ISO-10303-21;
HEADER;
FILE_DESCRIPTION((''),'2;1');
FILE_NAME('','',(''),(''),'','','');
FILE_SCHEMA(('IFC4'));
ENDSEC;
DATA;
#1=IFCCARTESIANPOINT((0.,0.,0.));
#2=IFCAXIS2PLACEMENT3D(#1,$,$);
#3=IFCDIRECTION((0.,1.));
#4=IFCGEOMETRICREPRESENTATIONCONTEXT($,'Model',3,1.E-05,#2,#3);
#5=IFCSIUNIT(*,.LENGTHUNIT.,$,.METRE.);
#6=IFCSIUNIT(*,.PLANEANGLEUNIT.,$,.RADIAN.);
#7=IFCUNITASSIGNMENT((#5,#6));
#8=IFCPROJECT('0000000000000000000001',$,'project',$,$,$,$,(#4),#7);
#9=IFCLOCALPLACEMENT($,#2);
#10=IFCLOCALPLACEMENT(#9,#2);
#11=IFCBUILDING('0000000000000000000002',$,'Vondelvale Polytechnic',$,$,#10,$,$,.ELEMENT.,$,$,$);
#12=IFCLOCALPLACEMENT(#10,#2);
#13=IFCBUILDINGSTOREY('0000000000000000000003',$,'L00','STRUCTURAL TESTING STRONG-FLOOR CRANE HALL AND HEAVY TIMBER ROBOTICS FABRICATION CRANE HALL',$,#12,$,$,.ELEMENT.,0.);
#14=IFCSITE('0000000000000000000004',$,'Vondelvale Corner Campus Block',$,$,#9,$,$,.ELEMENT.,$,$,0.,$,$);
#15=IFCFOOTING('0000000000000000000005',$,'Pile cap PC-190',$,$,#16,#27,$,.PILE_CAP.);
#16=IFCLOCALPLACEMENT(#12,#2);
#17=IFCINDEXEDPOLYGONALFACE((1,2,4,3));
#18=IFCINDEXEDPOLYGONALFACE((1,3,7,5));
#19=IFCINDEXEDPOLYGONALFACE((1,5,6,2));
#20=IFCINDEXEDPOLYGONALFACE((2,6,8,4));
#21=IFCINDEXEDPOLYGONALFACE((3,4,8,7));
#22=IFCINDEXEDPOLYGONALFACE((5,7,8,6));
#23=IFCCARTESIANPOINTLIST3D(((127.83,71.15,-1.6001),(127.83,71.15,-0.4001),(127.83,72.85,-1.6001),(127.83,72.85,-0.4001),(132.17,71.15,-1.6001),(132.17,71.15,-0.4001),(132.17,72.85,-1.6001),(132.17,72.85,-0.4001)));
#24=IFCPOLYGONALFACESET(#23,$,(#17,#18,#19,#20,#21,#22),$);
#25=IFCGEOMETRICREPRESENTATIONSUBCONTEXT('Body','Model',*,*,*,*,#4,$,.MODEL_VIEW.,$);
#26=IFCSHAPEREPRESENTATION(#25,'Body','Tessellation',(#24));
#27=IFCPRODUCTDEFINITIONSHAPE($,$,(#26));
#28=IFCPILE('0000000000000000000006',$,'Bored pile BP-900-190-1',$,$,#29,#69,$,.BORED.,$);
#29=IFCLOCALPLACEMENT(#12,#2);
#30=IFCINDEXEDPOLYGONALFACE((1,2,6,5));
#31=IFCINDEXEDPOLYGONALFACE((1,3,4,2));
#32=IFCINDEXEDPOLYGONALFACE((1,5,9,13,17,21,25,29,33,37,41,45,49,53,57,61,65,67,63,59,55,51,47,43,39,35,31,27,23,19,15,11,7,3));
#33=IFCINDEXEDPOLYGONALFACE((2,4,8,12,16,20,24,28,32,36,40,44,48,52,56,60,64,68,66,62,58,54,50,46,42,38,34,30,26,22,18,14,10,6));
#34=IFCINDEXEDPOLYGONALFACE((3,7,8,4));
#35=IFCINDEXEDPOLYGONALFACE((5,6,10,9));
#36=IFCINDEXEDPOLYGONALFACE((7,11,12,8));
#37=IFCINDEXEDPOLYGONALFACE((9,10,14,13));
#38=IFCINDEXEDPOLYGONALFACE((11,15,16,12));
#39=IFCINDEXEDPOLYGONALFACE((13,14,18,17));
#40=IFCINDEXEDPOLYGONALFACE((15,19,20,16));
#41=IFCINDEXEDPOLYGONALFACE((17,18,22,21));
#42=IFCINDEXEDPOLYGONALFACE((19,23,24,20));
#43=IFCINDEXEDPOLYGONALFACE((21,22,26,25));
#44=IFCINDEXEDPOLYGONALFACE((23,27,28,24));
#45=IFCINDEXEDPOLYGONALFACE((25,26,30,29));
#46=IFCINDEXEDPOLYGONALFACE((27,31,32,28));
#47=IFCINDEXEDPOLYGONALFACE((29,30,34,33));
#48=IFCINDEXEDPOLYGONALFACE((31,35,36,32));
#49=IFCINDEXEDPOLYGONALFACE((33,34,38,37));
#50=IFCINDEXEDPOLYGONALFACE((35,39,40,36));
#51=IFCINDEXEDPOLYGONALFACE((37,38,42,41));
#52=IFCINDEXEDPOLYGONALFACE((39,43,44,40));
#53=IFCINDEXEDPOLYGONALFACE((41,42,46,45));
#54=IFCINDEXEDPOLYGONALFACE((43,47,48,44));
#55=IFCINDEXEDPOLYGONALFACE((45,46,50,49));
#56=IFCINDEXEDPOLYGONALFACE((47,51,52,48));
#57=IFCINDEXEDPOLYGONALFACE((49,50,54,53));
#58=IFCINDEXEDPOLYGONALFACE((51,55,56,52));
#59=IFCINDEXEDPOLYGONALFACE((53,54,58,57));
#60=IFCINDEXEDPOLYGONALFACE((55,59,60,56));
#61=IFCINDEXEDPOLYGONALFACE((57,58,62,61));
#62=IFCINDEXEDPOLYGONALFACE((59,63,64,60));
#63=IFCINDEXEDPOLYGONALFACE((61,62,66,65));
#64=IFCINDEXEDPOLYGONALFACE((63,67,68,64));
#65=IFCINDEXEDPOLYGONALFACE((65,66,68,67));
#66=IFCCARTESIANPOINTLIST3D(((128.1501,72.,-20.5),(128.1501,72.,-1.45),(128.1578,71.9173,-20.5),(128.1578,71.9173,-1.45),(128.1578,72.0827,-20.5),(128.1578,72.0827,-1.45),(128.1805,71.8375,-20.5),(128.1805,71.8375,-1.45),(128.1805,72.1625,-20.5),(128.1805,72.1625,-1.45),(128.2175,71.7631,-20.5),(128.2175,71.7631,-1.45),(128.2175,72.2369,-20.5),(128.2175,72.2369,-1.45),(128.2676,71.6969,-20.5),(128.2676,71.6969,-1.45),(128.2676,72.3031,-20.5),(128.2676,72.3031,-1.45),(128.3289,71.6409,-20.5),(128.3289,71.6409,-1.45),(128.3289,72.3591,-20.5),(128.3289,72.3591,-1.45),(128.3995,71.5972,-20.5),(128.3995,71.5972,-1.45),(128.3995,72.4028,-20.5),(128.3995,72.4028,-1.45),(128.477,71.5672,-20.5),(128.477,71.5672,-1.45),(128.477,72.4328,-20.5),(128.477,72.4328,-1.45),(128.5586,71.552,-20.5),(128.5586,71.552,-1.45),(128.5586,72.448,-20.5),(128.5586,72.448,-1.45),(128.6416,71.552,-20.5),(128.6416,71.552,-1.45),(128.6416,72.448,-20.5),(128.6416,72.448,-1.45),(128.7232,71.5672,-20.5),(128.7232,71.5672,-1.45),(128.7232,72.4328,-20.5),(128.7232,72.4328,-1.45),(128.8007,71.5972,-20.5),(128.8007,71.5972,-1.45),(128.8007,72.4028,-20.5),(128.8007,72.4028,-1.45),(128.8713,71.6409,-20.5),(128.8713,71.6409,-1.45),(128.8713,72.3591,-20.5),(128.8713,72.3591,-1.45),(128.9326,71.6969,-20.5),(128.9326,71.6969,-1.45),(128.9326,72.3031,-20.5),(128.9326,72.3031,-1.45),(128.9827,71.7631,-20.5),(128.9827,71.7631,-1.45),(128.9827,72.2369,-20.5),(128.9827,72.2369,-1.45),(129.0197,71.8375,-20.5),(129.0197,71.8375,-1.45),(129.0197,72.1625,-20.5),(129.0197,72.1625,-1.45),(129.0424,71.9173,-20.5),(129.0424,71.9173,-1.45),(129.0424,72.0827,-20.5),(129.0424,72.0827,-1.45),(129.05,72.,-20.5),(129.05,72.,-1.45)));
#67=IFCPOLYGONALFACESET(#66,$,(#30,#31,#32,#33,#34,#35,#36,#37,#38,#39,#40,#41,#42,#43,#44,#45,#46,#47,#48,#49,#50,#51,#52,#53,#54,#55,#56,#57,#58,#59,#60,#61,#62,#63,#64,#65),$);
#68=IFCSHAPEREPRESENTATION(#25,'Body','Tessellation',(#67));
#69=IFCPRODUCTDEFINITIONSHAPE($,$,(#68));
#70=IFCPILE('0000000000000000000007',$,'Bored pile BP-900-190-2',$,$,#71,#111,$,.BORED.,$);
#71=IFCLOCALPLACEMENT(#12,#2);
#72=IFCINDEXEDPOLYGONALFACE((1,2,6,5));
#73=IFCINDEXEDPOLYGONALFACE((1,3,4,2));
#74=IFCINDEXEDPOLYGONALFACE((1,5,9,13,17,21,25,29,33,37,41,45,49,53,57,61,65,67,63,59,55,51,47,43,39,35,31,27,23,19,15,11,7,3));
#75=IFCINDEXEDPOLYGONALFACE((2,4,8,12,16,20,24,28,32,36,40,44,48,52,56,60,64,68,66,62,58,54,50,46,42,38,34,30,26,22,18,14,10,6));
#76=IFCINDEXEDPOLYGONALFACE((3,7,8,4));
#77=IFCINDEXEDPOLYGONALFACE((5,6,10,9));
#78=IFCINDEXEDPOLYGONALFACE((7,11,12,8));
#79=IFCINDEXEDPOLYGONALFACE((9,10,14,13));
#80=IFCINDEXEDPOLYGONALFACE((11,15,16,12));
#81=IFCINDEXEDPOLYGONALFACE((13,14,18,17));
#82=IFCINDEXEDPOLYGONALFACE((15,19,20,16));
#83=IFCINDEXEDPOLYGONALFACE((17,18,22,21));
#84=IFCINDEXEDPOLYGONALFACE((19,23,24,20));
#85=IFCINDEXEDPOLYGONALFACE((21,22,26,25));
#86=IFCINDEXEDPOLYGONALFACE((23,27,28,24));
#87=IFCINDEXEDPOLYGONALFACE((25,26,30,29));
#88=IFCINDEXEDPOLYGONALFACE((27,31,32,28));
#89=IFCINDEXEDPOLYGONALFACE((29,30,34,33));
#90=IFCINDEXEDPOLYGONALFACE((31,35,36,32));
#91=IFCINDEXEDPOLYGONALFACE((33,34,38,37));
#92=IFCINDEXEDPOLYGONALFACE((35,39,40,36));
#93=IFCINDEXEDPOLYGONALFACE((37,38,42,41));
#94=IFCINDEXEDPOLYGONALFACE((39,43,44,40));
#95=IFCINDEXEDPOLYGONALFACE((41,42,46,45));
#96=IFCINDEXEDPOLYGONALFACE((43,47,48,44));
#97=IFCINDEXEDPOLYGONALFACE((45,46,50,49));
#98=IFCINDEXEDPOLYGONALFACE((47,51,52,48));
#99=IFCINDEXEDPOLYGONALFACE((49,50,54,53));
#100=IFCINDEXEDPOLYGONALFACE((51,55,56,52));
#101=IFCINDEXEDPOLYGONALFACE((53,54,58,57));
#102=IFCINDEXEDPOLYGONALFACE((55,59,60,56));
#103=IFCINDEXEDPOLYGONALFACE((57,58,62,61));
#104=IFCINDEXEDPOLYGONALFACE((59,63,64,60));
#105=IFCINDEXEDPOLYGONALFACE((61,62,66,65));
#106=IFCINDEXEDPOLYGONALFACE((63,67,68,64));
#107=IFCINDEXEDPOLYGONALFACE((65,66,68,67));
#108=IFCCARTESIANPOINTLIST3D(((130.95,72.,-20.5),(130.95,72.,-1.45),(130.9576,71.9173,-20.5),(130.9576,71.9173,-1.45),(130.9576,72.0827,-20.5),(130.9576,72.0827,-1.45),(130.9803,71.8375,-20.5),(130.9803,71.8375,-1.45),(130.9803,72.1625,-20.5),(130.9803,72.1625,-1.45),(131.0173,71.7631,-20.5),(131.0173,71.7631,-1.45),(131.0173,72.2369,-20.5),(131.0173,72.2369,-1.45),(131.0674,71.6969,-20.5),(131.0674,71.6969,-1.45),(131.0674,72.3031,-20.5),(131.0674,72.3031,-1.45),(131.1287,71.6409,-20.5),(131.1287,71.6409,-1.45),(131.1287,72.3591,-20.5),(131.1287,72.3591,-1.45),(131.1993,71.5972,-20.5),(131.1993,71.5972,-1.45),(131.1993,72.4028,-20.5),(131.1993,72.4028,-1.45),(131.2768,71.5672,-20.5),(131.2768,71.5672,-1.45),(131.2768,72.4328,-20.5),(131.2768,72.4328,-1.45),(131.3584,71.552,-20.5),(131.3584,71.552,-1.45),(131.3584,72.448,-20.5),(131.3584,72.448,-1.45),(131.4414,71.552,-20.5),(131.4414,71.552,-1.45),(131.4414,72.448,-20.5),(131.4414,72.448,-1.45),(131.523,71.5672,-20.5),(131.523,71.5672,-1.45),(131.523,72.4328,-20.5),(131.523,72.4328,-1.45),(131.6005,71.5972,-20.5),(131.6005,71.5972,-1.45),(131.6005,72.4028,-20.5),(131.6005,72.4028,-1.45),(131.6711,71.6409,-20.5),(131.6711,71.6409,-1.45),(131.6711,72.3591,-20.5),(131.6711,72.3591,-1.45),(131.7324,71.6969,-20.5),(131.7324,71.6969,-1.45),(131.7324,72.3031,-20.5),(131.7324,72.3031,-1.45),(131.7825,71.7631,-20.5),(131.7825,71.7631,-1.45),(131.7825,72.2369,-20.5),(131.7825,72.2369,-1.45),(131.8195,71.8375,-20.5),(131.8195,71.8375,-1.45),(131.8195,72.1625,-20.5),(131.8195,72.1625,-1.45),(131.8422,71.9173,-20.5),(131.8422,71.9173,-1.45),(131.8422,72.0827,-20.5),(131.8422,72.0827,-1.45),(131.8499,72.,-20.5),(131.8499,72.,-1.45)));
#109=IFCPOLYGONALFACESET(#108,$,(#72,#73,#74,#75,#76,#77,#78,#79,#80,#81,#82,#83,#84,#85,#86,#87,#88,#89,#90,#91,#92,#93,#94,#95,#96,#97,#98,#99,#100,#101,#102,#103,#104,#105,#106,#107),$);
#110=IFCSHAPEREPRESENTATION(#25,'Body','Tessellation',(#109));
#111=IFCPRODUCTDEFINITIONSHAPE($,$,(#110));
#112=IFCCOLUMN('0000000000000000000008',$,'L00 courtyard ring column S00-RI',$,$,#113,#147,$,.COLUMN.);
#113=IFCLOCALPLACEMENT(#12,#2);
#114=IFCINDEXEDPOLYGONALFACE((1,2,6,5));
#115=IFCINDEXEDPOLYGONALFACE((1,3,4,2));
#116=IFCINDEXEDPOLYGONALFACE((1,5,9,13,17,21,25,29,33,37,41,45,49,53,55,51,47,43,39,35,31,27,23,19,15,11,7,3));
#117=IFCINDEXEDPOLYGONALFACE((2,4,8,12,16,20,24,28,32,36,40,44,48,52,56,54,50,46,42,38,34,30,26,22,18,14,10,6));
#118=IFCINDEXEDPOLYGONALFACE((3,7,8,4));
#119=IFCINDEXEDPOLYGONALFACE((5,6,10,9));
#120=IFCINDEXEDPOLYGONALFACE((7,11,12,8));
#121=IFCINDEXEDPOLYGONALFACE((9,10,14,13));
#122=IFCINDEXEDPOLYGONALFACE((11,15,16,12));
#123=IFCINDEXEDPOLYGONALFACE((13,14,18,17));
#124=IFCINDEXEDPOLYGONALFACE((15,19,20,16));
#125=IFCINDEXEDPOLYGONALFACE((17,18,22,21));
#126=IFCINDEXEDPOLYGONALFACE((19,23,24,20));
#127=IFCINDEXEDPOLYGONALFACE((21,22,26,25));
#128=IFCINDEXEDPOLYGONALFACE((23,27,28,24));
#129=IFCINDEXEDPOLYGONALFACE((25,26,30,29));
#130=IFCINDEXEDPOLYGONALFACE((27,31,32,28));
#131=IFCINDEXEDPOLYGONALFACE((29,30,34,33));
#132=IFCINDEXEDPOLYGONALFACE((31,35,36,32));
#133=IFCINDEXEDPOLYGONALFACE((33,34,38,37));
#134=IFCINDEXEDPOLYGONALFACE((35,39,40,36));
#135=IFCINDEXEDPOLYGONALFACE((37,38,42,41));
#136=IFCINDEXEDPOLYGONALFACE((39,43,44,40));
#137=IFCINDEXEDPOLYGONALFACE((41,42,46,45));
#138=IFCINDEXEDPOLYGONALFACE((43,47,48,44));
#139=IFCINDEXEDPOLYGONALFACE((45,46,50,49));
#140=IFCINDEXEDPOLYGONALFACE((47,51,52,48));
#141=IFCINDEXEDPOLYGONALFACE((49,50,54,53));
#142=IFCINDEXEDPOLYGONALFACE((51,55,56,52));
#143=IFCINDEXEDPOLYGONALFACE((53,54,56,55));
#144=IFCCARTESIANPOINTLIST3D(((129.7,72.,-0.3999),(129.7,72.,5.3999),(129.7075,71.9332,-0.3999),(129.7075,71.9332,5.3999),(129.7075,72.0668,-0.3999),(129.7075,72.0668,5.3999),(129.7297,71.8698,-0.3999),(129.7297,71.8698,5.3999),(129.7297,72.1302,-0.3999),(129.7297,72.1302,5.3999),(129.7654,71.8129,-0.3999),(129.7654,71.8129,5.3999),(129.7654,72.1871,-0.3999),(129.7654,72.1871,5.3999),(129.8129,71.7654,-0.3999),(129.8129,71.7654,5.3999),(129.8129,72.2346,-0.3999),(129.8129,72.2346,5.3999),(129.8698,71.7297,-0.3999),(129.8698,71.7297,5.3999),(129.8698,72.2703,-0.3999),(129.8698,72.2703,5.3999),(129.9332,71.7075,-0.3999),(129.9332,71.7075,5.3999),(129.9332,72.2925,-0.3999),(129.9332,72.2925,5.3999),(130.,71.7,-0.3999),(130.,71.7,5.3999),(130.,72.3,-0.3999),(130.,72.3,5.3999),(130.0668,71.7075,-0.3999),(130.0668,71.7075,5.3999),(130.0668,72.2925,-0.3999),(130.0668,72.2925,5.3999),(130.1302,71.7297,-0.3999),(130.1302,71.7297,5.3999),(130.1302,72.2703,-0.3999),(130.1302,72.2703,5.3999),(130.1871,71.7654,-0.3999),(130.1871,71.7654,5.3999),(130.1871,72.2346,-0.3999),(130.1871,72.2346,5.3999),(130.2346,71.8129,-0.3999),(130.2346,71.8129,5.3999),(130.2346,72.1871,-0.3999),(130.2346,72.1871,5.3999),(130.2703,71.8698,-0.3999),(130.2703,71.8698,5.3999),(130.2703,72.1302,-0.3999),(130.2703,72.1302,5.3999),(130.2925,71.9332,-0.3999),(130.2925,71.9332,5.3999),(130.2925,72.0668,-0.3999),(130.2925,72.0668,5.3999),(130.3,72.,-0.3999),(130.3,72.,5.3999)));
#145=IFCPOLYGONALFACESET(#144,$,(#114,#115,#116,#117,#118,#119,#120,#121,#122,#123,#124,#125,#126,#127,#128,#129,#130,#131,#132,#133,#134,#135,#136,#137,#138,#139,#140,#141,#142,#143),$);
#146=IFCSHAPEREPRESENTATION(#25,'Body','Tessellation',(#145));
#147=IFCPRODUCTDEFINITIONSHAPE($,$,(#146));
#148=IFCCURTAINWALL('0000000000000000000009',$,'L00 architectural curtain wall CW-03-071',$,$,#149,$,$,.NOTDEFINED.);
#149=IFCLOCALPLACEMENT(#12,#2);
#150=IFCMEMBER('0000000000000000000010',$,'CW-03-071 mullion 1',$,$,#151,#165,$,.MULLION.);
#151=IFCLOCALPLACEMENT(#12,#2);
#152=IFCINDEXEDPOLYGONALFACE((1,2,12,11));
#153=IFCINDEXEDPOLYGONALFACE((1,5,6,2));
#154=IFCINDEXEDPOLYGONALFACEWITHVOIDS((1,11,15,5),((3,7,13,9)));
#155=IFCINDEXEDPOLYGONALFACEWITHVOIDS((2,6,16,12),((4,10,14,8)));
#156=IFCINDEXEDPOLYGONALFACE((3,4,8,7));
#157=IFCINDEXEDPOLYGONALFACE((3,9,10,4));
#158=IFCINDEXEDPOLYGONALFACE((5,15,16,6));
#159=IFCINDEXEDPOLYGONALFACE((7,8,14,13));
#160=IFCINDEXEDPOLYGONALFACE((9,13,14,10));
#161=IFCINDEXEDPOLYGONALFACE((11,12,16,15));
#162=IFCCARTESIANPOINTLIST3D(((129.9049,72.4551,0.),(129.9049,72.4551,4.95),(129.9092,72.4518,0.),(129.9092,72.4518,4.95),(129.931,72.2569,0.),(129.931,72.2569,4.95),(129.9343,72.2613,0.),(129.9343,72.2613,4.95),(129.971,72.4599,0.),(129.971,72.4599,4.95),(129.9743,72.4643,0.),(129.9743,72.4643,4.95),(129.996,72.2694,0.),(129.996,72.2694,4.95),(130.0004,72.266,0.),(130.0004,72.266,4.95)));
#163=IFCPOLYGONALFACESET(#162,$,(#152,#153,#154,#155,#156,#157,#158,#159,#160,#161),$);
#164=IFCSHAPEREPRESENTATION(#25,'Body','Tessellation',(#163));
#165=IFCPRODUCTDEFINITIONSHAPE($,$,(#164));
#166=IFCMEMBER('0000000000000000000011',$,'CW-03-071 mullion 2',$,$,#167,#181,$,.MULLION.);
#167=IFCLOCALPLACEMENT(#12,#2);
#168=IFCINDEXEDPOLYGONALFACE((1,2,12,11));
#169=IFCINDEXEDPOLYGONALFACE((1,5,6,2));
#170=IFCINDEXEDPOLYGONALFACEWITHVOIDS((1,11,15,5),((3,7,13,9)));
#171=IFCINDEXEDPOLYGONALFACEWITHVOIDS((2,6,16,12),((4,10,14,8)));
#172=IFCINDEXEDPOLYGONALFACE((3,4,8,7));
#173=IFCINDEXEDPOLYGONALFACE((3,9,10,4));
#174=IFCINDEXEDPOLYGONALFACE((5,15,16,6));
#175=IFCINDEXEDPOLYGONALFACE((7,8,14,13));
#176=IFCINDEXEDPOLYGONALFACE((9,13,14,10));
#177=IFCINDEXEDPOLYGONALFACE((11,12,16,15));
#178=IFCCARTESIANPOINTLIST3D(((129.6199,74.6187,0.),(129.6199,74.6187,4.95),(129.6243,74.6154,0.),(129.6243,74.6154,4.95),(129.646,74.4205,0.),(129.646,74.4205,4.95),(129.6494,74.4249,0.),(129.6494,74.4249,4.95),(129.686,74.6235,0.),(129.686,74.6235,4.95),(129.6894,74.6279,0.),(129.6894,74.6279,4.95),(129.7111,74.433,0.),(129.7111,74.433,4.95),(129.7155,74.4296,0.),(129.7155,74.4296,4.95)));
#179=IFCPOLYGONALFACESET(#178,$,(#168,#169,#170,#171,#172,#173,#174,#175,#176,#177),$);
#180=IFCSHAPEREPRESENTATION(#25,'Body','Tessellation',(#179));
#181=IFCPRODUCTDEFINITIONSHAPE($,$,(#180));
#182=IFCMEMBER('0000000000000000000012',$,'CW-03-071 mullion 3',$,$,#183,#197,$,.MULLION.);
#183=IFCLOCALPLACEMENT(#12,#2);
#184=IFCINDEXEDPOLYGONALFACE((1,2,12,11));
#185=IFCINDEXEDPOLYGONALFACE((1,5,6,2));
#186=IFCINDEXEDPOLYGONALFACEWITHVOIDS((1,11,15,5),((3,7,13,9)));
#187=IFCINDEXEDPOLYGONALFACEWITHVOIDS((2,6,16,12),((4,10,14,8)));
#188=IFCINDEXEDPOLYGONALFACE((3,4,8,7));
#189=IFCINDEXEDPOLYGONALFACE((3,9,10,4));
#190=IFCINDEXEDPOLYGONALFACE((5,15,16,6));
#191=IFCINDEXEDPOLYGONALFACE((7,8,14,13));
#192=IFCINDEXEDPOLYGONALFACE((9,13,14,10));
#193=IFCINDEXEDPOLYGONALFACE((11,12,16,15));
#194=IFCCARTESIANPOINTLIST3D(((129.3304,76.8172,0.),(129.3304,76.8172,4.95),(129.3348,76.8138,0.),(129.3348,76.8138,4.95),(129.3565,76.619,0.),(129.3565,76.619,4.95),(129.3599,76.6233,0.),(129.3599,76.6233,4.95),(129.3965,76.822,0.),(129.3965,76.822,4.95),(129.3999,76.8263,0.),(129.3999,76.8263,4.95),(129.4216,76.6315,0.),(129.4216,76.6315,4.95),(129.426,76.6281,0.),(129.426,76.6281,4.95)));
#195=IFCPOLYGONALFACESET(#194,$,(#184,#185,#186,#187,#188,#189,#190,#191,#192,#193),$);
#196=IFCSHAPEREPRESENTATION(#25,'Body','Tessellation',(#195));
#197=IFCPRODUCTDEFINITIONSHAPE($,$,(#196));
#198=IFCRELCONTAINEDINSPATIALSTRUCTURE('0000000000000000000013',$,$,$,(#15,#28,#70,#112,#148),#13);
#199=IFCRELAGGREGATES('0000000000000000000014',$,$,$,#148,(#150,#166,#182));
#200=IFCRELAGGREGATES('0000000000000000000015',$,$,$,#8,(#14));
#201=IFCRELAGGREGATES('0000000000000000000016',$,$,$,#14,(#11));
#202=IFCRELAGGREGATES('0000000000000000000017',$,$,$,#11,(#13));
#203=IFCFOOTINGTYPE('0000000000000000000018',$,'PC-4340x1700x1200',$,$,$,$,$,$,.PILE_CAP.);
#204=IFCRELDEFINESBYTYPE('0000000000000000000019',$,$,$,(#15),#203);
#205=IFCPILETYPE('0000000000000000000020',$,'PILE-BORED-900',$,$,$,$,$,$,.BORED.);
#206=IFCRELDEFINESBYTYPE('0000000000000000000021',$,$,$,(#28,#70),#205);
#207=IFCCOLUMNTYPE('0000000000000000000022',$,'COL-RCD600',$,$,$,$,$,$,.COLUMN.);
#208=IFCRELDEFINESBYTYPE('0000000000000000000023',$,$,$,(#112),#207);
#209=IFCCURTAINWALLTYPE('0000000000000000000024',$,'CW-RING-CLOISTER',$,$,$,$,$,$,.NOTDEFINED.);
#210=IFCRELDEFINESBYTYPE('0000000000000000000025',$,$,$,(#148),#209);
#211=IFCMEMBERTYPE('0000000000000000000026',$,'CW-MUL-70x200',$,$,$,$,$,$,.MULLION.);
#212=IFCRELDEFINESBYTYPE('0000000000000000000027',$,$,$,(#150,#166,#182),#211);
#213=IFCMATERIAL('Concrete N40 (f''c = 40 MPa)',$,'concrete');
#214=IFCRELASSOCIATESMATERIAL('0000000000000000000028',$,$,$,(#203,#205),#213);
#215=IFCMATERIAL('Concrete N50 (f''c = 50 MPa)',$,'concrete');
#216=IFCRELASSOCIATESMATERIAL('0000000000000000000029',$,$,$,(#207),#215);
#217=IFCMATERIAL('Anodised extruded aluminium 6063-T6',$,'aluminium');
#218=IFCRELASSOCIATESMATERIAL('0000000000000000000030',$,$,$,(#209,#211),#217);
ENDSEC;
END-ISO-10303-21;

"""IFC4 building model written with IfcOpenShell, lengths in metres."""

from ifc_helpers import new_model, si_unit, direction, frame, origin, origin_2d, place, context, subcontext, project, spatial, rectangle, hollow_rectangle, circle, extrude, material, material_profile, profile_set, type_object, element, aggregate, save


model = new_model("IFC4")

# Units and contexts
model_context = context("Model", 3, precision=1e-05, world=origin(), true_north=direction((0.0, 1.0)))
body_context = subcontext(model_context, "Body", "Model", "MODEL_VIEW")
ifc_project = project(units=[si_unit("LENGTHUNIT", "METRE"), si_unit("PLANEANGLEUNIT", "RADIAN")], contexts=[model_context])

# Site, building, storey
site_placement = place(None, origin())
site = spatial("IfcSite", under=ifc_project, at=site_placement, Name="Vondelvale Corner Campus Block", CompositionType="ELEMENT", RefElevation=0.0)
building_placement = place(site_placement, origin())
building = spatial("IfcBuilding", under=site, at=building_placement, Name="Vondelvale Polytechnic", CompositionType="ELEMENT")
storey_placement = place(building_placement, origin())
storey = spatial("IfcBuildingStorey", under=building, at=storey_placement, Name="L00", Description="STRUCTURAL TESTING STRONG-FLOOR CRANE HALL AND HEAVY TIMBER ROBOTICS FABRICATION CRANE HALL", CompositionType="ELEMENT", Elevation=0.0)

# Footing
ifc_material_1 = material(Name="Concrete N40 (f'c = 40 MPa)", Category="concrete")
footing_type = type_object("IfcFootingType", Name="PC-4340x1700x1200", PredefinedType="PILE_CAP", material=ifc_material_1)
footing_placement = place(storey_placement, frame((130.0, 72.0, -1.6001), z_axis=(0.0, 0.0, 1.0), x_axis=(1.0, 0.0, 0.0)))
element("IfcFooting", 1, at=footing_placement, inside=storey, type_object=footing_type, Name="Pile cap PC-190", PredefinedType="PILE_CAP", context=body_context, shape_type="SweptSolid", body=[
    extrude(rectangle(XDim=4.3401, YDim=1.7, at=origin_2d()), origin(), (0.0, 0.0, 1.0), 1.2),
])

# Piles
ifc_material_profile_1 = material_profile(ifc_material_1, circle(Radius=0.45, at=origin_2d()), Name="PILE-D900")
ifc_profile_set_1 = profile_set([ifc_material_profile_1], Name="Concrete N40 (f'c = 40 MPa)")
pile_type = type_object("IfcPileType", Name="PILE-BORED-900", PredefinedType="BORED", material=ifc_profile_set_1)
for number, where, z_axis, x_axis, name in (
    (2, (128.6001, 72.0, -1.45), (0.0, 0.0, -1.0), (1.0, 0.0, 0.0), "Bored pile BP-900-190-1"),
    (3, (131.3999, 72.0, -1.45), (0.0, 0.0, -1.0), (1.0, 0.0, 0.0), "Bored pile BP-900-190-2"),
):
    element("IfcPile", number, at=place(storey_placement, frame(where, z_axis=z_axis, x_axis=x_axis)), inside=storey, type_object=pile_type, Name=name, PredefinedType="BORED", context=body_context, shape_type="SweptSolid", body=[
        extrude(circle(Radius=0.45, at=origin_2d()), origin(), (0.0, 0.0, 1.0), 19.05),
    ])

# Column
ifc_material_2 = material(Name="Concrete N50 (f'c = 50 MPa)", Category="concrete")
ifc_material_profile_2 = material_profile(ifc_material_2, circle(Radius=0.3, at=origin_2d()), Name="RC-COL-D600")
ifc_profile_set_2 = profile_set([ifc_material_profile_2], Name="Concrete N50 (f'c = 50 MPa)")
column_type = type_object("IfcColumnType", Name="COL-RCD600", PredefinedType="COLUMN", material=ifc_profile_set_2)
column_placement = place(storey_placement, frame((130.0, 72.0, -0.3999), z_axis=(0.0, 0.0, 1.0), x_axis=(1.0, 0.0, 0.0)))
element("IfcColumn", 4, at=column_placement, inside=storey, type_object=column_type, Name="L00 courtyard ring column S00-RI", PredefinedType="COLUMN", context=body_context, shape_type="SweptSolid", body=[
    extrude(circle(Radius=0.3, at=origin_2d()), origin(), (0.0, 0.0, 1.0), 5.7998),
])

# Curtain wall, members
ifc_material_3 = material(Name="Anodised extruded aluminium 6063-T6", Category="aluminium")
curtain_wall_type = type_object("IfcCurtainWallType", Name="CW-RING-CLOISTER", PredefinedType="NOTDEFINED", material=ifc_material_3)
curtain_wall_1_placement = place(storey_placement, origin())
curtain_wall_1 = element("IfcCurtainWall", 5, at=curtain_wall_1_placement, inside=storey, type_object=curtain_wall_type, Name="L00 architectural curtain wall CW-03-071", PredefinedType="NOTDEFINED")
ifc_material_profile_3 = material_profile(ifc_material_3, hollow_rectangle(XDim=0.0701, YDim=0.2, WallThickness=0.0039, at=origin_2d()), Name="CW-MUL-200x70")
ifc_profile_set_3 = profile_set([ifc_material_profile_3], Name="Anodised extruded aluminium 6063-T6")
member_type_1 = type_object("IfcMemberType", Name="CW-MUL-70x200", PredefinedType="MULLION", material=ifc_profile_set_3)
member_1_placement = place(storey_placement, frame((129.9526, 72.3606, 0.0), z_axis=(0.0, 0.0, 1.0), x_axis=(-0.991445, -0.130528, 0.0)))
member_1 = element("IfcMember", 6, at=member_1_placement, type_object=member_type_1, Name="CW-03-071 mullion 1", PredefinedType="MULLION", context=body_context, shape_type="SweptSolid", body=[
    extrude(hollow_rectangle(XDim=0.0701, YDim=0.2, WallThickness=0.0039, at=origin_2d()), origin(), (0.0, 0.0, 1.0), 4.95),
])
member_2_placement = place(storey_placement, frame((129.6677, 74.5242, 0.0), z_axis=(0.0, 0.0, 1.0), x_axis=(-0.991445, -0.130528, 0.0)))
member_2 = element("IfcMember", 7, at=member_2_placement, type_object=member_type_1, Name="CW-03-071 mullion 2", PredefinedType="MULLION", context=body_context, shape_type="SweptSolid", body=[
    extrude(hollow_rectangle(XDim=0.0701, YDim=0.2, WallThickness=0.0039, at=origin_2d()), origin(), (0.0, 0.0, 1.0), 4.95),
])
member_3_placement = place(storey_placement, frame((129.3782, 76.7227, 0.0), z_axis=(0.0, 0.0, 1.0), x_axis=(-0.991445, -0.130528, 0.0)))
member_3 = element("IfcMember", 8, at=member_3_placement, type_object=member_type_1, Name="CW-03-071 mullion 3", PredefinedType="MULLION", context=body_context, shape_type="SweptSolid", body=[
    extrude(hollow_rectangle(XDim=0.0701, YDim=0.2, WallThickness=0.0039, at=origin_2d()), origin(), (0.0, 0.0, 1.0), 4.95),
])

aggregate(curtain_wall_1, [member_1, member_2, member_3])

save(model, "model.ifc")
